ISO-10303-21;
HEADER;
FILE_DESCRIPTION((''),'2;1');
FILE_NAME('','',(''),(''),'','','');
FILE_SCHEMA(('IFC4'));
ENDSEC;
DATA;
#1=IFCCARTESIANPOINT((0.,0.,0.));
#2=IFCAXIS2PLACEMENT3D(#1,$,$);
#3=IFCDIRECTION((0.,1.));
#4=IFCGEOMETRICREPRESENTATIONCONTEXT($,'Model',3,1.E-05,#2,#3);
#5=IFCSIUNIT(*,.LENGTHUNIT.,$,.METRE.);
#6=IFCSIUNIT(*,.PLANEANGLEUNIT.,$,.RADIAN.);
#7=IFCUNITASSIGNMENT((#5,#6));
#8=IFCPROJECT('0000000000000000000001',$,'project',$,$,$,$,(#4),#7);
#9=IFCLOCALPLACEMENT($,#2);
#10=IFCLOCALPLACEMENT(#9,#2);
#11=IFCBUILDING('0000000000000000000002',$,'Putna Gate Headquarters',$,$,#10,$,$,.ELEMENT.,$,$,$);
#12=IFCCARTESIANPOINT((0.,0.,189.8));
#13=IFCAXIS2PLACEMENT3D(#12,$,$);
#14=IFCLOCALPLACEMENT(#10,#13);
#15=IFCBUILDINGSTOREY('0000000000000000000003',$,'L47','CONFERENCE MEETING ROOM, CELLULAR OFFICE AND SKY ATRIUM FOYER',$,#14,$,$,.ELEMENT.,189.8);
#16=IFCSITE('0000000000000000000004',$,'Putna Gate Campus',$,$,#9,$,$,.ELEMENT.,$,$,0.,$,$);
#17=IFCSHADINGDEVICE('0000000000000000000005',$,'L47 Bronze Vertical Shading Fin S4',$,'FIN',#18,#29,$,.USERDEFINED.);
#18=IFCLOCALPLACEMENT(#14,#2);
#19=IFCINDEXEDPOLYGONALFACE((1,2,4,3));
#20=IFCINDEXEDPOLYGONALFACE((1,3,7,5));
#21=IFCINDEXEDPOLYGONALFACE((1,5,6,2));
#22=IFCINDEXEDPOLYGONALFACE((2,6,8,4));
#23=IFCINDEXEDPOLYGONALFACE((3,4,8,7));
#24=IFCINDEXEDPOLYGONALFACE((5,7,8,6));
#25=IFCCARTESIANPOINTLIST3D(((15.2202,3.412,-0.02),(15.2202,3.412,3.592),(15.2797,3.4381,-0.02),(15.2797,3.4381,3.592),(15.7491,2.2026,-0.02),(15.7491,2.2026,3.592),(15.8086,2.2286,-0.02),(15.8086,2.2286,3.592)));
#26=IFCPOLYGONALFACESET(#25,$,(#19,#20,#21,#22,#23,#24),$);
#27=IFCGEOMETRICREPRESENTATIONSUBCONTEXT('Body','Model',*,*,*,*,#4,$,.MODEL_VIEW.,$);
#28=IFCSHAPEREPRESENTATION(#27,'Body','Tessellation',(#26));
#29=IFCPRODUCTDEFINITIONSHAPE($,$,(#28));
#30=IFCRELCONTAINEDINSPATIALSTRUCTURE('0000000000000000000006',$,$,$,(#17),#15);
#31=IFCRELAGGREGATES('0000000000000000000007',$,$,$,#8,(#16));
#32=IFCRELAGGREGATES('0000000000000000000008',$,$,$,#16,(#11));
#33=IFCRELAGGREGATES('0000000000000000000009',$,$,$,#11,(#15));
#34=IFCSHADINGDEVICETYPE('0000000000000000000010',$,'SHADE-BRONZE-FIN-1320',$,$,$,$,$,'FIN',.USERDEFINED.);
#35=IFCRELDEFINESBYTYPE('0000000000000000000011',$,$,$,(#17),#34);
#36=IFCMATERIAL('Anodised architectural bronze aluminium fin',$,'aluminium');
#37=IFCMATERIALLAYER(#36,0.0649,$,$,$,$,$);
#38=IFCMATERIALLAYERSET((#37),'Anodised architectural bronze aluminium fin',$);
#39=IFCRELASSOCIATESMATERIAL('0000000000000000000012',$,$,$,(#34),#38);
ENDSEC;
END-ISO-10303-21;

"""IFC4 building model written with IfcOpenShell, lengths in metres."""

from ifc_helpers import new_model, si_unit, direction, frame, origin, origin_2d, place, context, subcontext, project, spatial, rectangle, extrude, material, layer, layer_set, type_object, element, save


model = new_model("IFC4")

# Units and contexts
model_context = context("Model", 3, precision=1e-05, world=origin(), true_north=direction((0.0, 1.0)))
body_context = subcontext(model_context, "Body", "Model", "MODEL_VIEW")
ifc_project = project(units=[si_unit("LENGTHUNIT", "METRE"), si_unit("PLANEANGLEUNIT", "RADIAN")], contexts=[model_context])

# Site, building, storey
site_placement = place(None, origin())
site = spatial("IfcSite", under=ifc_project, at=site_placement, Name="Putna Gate Campus", CompositionType="ELEMENT", RefElevation=0.0)
building_placement = place(site_placement, origin())
building = spatial("IfcBuilding", under=site, at=building_placement, Name="Putna Gate Headquarters", CompositionType="ELEMENT")
storey_placement = place(building_placement, frame((0.0, 0.0, 189.8)))
storey = spatial("IfcBuildingStorey", under=building, at=storey_placement, Name="L47", Description="CONFERENCE MEETING ROOM, CELLULAR OFFICE AND SKY ATRIUM FOYER", CompositionType="ELEMENT", Elevation=189.8)

# Shading device
ifc_material_1 = material(Name="Anodised architectural bronze aluminium fin", Category="aluminium")
ifc_layer_1 = layer(ifc_material_1, 0.0649)
ifc_layer_set_1 = layer_set([ifc_layer_1], Name="Anodised architectural bronze aluminium fin")
shading_device_type = type_object("IfcShadingDeviceType", Name="SHADE-BRONZE-FIN-1320", ElementType="FIN", PredefinedType="USERDEFINED", material=ifc_layer_set_1)
for number, where, z_axis, x_axis, name in (
    (1, (15.5144, 2.8203, -0.02), (0.0, 0.0, 1.0), (0.400669, -0.916223, 0.0), "L47 Bronze Vertical Shading Fin S4"),
):
    element("IfcShadingDevice", number, at=place(storey_placement, frame(where, z_axis=z_axis, x_axis=x_axis)), inside=storey, type_object=shading_device_type, Name=name, ObjectType="FIN", PredefinedType="USERDEFINED", context=body_context, shape_type="SweptSolid", body=[
        extrude(rectangle(XDim=1.3201, YDim=0.0649, at=origin_2d()), origin(), (0.0, 0.0, 1.0), 3.6121),
    ])

save(model, "model.ifc")
